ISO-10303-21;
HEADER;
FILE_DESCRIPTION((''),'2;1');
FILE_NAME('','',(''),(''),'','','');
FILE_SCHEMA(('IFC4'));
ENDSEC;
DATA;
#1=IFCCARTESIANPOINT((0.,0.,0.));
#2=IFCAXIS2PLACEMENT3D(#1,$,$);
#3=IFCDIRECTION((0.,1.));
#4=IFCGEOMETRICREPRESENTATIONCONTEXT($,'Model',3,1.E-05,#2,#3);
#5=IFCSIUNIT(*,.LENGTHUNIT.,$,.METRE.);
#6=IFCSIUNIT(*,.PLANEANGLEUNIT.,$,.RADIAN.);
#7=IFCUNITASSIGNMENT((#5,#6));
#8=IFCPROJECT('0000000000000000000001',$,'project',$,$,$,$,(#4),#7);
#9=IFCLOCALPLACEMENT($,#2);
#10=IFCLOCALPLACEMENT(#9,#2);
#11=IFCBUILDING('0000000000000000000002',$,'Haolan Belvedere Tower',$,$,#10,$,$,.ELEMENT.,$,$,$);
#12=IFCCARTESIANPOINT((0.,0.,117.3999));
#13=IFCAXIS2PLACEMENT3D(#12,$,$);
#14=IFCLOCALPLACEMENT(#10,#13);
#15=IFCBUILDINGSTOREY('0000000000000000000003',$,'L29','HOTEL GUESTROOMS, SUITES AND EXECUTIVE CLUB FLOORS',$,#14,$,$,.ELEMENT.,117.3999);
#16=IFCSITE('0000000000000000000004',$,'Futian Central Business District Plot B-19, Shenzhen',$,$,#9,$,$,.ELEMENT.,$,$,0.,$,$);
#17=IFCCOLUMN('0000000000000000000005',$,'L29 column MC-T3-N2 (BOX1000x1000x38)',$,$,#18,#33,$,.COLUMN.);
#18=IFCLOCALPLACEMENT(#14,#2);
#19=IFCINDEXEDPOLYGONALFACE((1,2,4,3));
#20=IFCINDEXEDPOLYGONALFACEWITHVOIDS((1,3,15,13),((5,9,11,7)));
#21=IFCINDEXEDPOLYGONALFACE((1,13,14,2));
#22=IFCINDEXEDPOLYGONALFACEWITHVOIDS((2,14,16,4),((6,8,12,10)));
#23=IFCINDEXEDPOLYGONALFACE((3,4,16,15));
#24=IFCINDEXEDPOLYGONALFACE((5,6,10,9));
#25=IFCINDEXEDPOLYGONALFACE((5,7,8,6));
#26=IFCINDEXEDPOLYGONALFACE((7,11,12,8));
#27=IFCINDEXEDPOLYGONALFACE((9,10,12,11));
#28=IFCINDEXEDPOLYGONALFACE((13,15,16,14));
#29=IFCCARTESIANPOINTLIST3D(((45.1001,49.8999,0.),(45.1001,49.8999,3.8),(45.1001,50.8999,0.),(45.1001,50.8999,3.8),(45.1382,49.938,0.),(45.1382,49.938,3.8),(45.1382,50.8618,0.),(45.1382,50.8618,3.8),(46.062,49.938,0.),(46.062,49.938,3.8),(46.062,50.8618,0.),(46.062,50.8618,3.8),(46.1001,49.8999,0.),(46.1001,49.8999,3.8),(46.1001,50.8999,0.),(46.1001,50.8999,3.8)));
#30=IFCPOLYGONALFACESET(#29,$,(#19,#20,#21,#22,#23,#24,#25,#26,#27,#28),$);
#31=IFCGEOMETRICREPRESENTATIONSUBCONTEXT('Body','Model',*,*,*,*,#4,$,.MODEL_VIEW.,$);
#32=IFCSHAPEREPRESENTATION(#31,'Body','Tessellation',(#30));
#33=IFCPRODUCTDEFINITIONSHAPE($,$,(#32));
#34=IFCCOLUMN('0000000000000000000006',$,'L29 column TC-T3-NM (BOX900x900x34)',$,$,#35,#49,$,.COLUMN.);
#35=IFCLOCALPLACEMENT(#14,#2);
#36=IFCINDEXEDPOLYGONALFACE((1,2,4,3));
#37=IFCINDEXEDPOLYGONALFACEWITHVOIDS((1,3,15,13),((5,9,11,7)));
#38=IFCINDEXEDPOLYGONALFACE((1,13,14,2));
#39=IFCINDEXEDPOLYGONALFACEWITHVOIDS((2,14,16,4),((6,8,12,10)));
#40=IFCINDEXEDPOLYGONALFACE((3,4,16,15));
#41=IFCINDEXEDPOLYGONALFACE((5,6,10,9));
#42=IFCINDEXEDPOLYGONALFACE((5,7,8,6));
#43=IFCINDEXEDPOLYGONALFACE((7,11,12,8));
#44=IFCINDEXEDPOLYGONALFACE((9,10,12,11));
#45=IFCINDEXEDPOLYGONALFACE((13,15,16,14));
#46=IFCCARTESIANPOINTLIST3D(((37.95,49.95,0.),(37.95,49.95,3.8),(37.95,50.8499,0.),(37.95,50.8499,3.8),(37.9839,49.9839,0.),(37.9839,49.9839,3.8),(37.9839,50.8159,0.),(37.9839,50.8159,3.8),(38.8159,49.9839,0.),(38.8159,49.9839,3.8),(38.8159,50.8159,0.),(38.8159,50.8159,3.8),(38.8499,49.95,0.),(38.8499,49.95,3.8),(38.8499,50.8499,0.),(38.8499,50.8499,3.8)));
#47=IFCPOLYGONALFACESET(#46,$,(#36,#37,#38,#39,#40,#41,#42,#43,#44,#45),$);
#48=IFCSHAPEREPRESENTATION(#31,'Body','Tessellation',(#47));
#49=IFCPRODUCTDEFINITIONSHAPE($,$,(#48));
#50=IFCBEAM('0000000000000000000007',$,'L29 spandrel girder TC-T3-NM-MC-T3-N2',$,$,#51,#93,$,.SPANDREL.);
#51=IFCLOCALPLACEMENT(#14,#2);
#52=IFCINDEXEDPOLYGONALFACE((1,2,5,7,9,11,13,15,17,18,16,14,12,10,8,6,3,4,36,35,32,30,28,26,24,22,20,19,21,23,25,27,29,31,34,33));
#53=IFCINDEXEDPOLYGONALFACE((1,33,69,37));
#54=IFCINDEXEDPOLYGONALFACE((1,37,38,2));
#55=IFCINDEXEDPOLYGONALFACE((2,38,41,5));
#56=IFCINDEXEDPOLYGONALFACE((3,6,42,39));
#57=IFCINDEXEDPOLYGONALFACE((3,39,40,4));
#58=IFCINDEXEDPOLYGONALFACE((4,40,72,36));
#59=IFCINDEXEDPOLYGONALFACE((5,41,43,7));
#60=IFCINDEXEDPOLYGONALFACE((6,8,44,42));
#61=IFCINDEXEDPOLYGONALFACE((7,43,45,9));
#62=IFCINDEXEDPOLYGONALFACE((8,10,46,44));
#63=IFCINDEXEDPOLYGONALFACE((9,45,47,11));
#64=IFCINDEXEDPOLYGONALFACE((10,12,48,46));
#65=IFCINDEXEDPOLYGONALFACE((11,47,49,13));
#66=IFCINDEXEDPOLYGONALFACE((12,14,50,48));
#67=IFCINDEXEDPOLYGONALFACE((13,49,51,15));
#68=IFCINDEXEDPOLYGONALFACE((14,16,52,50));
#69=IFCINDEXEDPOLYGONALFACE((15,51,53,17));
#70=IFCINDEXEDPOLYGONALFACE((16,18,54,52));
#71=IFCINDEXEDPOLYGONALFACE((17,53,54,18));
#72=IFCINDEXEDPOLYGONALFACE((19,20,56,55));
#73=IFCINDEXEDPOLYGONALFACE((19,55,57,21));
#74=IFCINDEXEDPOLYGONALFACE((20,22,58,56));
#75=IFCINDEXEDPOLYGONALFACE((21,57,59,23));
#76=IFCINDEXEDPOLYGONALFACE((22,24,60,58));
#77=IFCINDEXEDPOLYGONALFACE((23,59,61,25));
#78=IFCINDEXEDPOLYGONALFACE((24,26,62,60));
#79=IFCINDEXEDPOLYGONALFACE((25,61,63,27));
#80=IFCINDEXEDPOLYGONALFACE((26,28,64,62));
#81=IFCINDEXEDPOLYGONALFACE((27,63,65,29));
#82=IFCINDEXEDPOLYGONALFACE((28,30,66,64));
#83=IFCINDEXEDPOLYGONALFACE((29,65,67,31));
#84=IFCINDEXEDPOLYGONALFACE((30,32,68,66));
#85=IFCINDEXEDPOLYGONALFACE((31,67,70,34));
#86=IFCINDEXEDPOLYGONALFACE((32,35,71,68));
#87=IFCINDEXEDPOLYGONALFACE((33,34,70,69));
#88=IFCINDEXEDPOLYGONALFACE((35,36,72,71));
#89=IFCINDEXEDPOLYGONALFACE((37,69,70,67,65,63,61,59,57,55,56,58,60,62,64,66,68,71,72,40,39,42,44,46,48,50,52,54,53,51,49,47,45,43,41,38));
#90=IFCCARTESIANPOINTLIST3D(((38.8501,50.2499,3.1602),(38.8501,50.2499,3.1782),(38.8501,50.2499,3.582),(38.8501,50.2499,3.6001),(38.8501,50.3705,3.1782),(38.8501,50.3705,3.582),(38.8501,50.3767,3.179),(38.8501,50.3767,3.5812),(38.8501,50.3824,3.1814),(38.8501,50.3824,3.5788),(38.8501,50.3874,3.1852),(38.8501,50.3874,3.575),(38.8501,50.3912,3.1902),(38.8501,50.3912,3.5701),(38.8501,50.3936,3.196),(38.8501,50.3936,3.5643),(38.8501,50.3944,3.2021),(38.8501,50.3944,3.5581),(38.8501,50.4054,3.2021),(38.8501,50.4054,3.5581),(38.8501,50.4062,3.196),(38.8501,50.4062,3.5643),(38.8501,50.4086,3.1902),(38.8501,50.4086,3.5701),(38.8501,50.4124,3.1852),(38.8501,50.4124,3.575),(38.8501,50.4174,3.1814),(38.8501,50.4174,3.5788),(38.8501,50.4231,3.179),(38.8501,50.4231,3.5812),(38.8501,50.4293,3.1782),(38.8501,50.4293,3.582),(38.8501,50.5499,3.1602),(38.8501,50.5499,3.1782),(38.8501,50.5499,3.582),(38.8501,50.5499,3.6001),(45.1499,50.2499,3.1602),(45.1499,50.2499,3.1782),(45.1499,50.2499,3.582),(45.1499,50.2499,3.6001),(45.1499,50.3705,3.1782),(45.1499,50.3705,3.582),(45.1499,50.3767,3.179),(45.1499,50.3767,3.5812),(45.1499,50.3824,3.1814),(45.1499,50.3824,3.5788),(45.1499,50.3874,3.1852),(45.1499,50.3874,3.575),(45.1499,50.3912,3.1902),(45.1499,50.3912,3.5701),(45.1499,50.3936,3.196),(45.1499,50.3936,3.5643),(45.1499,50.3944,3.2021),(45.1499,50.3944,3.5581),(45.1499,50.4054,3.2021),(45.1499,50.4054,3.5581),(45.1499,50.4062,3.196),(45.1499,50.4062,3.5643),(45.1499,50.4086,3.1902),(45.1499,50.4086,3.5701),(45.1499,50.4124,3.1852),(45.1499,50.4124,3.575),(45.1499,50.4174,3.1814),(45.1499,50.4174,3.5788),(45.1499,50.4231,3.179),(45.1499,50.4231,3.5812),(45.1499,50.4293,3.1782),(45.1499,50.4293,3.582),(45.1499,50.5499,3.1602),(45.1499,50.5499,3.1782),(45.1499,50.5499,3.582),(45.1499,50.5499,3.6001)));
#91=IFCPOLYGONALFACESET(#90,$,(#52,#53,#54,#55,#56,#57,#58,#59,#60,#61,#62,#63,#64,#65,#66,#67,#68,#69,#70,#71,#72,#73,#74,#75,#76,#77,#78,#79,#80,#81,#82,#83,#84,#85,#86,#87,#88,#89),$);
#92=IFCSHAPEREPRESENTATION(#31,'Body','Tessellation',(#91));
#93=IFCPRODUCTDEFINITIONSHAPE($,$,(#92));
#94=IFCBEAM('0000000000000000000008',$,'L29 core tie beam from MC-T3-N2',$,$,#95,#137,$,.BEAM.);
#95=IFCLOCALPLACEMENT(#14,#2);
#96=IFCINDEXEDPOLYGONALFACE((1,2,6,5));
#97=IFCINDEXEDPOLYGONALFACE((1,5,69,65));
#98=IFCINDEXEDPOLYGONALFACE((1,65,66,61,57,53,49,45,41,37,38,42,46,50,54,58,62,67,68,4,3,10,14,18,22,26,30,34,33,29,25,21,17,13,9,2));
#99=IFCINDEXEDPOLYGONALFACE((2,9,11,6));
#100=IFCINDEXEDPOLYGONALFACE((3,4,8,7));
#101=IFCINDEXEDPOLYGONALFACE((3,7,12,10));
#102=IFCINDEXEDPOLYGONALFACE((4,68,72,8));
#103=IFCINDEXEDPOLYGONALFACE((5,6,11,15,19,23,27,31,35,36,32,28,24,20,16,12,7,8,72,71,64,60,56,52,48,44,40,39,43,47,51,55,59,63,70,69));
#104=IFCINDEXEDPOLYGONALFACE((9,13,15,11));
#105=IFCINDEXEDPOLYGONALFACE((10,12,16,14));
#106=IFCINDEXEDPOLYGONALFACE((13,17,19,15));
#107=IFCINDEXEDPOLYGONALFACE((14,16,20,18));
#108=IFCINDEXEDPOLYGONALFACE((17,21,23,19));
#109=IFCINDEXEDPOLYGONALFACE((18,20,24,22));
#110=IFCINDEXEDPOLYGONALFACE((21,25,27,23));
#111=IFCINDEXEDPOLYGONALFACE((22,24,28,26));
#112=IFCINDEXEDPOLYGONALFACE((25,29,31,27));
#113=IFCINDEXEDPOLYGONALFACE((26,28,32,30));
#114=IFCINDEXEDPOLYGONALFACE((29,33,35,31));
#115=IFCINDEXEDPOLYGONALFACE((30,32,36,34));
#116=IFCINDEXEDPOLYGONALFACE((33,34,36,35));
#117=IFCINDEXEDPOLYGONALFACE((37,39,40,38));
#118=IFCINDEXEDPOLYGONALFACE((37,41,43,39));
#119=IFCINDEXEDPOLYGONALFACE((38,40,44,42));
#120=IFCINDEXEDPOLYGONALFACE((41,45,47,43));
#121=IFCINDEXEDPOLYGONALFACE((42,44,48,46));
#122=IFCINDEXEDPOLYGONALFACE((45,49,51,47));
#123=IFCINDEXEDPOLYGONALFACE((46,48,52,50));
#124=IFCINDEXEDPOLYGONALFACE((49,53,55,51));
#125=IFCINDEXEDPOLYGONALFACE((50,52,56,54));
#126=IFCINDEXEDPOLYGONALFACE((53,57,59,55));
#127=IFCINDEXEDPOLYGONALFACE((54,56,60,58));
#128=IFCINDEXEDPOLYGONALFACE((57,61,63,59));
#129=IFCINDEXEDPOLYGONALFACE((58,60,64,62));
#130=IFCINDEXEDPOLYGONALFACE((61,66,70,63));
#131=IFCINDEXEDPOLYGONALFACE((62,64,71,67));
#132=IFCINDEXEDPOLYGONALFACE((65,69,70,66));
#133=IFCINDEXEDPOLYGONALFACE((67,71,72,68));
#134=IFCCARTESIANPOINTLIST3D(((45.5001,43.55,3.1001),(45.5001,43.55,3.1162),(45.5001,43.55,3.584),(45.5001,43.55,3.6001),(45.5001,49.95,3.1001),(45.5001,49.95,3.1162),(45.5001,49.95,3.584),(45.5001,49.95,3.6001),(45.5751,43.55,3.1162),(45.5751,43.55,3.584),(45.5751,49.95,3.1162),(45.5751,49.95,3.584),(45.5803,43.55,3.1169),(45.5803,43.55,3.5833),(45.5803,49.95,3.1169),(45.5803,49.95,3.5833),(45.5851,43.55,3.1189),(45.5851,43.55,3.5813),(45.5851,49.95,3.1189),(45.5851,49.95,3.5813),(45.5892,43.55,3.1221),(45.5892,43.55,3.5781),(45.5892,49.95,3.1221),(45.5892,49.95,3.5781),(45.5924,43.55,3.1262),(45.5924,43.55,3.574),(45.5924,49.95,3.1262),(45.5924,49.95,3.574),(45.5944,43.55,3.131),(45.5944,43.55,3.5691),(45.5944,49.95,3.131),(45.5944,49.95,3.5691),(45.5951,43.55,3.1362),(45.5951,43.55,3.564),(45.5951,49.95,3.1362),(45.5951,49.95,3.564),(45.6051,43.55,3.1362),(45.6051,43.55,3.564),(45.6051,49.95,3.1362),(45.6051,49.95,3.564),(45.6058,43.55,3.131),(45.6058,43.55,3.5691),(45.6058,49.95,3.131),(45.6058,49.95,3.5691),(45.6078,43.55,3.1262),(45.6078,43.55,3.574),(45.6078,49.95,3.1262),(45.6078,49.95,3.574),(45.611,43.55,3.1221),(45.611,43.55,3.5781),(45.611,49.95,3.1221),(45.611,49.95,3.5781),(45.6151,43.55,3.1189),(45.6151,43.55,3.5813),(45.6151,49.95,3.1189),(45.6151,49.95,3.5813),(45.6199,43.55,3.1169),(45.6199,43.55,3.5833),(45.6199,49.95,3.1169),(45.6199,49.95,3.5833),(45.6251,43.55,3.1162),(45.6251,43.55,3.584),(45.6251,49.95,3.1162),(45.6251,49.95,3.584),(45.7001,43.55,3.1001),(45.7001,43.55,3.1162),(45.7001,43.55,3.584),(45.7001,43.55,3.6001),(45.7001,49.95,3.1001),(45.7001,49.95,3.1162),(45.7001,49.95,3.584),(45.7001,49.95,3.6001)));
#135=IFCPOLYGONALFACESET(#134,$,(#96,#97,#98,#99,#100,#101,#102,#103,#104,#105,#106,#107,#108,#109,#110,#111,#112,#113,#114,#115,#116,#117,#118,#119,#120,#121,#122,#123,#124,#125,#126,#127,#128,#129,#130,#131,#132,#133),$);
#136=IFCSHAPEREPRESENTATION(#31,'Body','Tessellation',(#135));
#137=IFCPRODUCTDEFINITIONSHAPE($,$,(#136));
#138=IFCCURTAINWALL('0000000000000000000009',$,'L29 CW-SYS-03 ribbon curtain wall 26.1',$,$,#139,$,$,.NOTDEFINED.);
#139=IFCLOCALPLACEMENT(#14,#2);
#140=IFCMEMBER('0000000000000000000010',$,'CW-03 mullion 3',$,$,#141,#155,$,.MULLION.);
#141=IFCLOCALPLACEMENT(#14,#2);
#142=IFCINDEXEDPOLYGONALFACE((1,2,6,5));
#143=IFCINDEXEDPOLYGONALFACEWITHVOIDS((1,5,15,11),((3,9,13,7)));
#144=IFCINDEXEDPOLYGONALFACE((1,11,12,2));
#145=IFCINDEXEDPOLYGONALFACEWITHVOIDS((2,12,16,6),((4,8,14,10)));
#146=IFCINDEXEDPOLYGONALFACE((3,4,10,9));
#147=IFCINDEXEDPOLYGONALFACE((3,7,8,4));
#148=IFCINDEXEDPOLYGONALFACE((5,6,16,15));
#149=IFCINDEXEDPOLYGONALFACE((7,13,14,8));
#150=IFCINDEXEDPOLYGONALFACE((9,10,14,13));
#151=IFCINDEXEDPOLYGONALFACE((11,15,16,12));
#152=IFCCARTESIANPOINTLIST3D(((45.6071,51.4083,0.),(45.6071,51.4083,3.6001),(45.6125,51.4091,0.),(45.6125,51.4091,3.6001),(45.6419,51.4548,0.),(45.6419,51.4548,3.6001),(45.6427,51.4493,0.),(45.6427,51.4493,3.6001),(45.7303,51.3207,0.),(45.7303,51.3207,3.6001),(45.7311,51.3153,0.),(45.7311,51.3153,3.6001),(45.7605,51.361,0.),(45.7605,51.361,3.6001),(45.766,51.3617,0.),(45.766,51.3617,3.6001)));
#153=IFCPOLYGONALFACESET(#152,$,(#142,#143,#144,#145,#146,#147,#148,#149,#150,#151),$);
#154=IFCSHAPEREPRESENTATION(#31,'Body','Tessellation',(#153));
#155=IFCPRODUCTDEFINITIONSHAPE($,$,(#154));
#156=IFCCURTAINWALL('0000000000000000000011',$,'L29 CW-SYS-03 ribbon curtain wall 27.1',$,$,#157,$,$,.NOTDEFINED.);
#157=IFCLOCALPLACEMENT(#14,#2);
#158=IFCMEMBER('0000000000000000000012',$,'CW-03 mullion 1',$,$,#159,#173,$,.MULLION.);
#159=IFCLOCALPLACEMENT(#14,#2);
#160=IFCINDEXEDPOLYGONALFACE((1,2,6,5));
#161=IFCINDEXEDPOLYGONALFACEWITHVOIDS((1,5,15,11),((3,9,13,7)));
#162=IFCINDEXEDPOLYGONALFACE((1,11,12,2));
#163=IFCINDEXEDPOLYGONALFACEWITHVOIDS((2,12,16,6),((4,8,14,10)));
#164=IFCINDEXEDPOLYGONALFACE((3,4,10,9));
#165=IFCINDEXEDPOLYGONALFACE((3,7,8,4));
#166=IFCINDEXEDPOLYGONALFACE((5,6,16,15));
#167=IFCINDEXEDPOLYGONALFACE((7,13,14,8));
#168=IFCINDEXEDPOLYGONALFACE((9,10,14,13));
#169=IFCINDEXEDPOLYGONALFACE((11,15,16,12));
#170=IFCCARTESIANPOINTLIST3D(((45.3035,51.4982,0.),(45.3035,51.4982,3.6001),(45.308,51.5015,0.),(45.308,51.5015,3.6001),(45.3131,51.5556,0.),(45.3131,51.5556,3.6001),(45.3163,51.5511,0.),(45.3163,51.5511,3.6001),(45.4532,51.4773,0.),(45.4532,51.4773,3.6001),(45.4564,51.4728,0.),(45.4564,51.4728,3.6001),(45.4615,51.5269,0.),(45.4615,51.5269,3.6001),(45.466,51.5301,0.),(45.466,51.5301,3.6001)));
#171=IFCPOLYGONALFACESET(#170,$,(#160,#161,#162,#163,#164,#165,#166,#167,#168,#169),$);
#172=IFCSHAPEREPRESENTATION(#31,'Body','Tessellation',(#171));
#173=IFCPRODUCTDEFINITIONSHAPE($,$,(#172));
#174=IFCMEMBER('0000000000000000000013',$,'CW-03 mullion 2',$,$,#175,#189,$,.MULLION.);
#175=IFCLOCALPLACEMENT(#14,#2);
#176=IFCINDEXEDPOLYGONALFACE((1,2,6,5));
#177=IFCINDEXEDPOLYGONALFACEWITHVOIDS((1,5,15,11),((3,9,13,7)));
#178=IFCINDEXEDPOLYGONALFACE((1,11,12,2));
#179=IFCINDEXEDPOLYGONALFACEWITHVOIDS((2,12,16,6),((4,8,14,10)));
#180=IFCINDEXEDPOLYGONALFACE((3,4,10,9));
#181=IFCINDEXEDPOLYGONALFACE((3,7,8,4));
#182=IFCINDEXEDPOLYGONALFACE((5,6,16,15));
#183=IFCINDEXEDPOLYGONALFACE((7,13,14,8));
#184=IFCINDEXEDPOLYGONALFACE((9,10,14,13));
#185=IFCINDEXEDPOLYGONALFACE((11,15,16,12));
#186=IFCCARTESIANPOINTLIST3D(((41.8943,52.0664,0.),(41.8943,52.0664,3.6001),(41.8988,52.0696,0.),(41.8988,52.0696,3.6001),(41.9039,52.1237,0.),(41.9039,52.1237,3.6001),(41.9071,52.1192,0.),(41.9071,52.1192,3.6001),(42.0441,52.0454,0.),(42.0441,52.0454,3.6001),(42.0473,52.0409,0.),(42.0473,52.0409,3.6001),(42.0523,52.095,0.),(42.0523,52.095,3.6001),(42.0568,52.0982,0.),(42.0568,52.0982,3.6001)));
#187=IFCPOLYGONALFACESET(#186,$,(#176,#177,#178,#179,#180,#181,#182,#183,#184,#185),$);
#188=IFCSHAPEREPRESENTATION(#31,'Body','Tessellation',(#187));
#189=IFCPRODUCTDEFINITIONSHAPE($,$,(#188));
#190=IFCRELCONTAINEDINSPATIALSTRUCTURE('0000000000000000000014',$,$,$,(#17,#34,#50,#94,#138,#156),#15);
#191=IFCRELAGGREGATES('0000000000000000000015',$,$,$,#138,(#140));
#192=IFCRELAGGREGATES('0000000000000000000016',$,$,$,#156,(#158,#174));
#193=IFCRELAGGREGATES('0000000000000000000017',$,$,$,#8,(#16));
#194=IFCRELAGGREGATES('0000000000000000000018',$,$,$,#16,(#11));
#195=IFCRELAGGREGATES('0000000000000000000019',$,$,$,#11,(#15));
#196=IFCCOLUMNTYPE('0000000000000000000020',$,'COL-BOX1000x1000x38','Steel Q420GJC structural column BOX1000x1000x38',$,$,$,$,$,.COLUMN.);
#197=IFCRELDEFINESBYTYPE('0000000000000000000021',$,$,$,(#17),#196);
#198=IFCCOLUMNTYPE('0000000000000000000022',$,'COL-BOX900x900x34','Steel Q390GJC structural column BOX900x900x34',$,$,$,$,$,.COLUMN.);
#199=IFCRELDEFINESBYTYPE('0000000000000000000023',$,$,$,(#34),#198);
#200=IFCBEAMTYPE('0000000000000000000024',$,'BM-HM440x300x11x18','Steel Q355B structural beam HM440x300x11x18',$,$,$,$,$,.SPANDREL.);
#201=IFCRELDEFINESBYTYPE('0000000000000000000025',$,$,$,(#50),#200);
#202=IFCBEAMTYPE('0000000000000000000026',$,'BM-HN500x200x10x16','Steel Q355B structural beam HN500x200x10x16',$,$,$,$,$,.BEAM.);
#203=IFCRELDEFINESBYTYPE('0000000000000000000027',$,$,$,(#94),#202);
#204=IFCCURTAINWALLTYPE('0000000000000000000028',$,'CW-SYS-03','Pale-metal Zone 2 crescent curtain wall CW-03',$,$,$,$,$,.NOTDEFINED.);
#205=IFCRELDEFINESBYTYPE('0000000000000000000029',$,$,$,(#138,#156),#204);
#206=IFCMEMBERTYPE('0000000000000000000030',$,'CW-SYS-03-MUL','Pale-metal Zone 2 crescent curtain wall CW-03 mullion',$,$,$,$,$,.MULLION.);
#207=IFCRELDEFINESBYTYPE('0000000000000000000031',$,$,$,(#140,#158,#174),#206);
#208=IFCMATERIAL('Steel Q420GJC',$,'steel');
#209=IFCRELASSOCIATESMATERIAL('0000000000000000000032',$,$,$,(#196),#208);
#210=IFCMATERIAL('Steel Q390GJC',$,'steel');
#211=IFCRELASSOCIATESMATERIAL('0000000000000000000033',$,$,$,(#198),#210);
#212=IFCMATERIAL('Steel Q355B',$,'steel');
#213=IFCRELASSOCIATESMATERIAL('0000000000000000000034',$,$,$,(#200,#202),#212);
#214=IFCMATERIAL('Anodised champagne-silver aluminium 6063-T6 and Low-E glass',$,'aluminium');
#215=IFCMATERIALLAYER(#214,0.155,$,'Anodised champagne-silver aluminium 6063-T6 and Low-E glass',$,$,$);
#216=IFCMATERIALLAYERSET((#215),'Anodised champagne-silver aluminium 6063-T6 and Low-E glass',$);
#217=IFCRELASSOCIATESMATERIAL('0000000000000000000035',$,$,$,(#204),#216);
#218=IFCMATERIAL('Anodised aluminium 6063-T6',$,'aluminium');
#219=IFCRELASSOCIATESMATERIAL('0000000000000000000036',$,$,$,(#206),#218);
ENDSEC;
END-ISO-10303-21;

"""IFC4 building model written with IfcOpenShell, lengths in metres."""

from ifc_helpers import new_model, si_unit, direction, frame, origin, origin_2d, place, context, subcontext, project, spatial, hollow_rectangle, i_section, extrude, material, layer, layer_set, material_profile, profile_set, type_object, element, aggregate, save


model = new_model("IFC4")

# Units and contexts
model_context = context("Model", 3, precision=1e-05, world=origin(), true_north=direction((0.0, 1.0)))
body_context = subcontext(model_context, "Body", "Model", "MODEL_VIEW")
ifc_project = project(units=[si_unit("LENGTHUNIT", "METRE"), si_unit("PLANEANGLEUNIT", "RADIAN")], contexts=[model_context])

# Site, building, storey
site_placement = place(None, origin())
site = spatial("IfcSite", under=ifc_project, at=site_placement, Name="Futian Central Business District Plot B-19, Shenzhen", CompositionType="ELEMENT", RefElevation=0.0)
building_placement = place(site_placement, origin())
building = spatial("IfcBuilding", under=site, at=building_placement, Name="Haolan Belvedere Tower", CompositionType="ELEMENT")
storey_placement = place(building_placement, frame((0.0, 0.0, 117.3999)))
storey = spatial("IfcBuildingStorey", under=building, at=storey_placement, Name="L29", Description="HOTEL GUESTROOMS, SUITES AND EXECUTIVE CLUB FLOORS", CompositionType="ELEMENT", Elevation=117.3999)

# Columns
ifc_material_1 = material(Name="Steel Q420GJC", Category="steel")
ifc_material_profile_1 = material_profile(ifc_material_1, hollow_rectangle(XDim=1.0, YDim=1.0, WallThickness=0.0381, at=origin_2d()), Name="Steel Q420GJC")
ifc_profile_set_1 = profile_set([ifc_material_profile_1], Name="Steel Q420GJC")
column_type_1 = type_object("IfcColumnType", Name="COL-BOX1000x1000x38", Description="Steel Q420GJC structural column BOX1000x1000x38", PredefinedType="COLUMN", material=ifc_profile_set_1)
column_1_placement = place(storey_placement, frame((45.6001, 50.3999, 0.0), z_axis=(0.0, 0.0, 1.0), x_axis=(1.0, 0.0, 0.0)))
element("IfcColumn", 1, at=column_1_placement, inside=storey, type_object=column_type_1, Name="L29 column MC-T3-N2 (BOX1000x1000x38)", PredefinedType="COLUMN", context=body_context, shape_type="SweptSolid", body=[
    extrude(hollow_rectangle(XDim=1.0, YDim=1.0, WallThickness=0.0381, at=origin_2d()), origin(), (0.0, 0.0, 1.0), 3.8),
])
ifc_material_2 = material(Name="Steel Q390GJC", Category="steel")
ifc_material_profile_2 = material_profile(ifc_material_2, hollow_rectangle(XDim=0.8999, YDim=0.8999, WallThickness=0.0339, at=origin_2d()), Name="Steel Q390GJC")
ifc_profile_set_2 = profile_set([ifc_material_profile_2], Name="Steel Q390GJC")
column_type_2 = type_object("IfcColumnType", Name="COL-BOX900x900x34", Description="Steel Q390GJC structural column BOX900x900x34", PredefinedType="COLUMN", material=ifc_profile_set_2)
column_2_placement = place(storey_placement, frame((38.3999, 50.3999, 0.0), z_axis=(0.0, 0.0, 1.0), x_axis=(1.0, 0.0, 0.0)))
element("IfcColumn", 2, at=column_2_placement, inside=storey, type_object=column_type_2, Name="L29 column TC-T3-NM (BOX900x900x34)", PredefinedType="COLUMN", context=body_context, shape_type="SweptSolid", body=[
    extrude(hollow_rectangle(XDim=0.8999, YDim=0.8999, WallThickness=0.0339, at=origin_2d()), origin(), (0.0, 0.0, 1.0), 3.8),
])

# Beams
ifc_material_3 = material(Name="Steel Q355B", Category="steel")
ifc_material_profile_3 = material_profile(ifc_material_3, i_section(OverallWidth=0.3, OverallDepth=0.4399, WebThickness=0.011, FlangeThickness=0.0181, FilletRadius=0.0239, at=origin_2d()), Name="Steel Q355B")
ifc_profile_set_3 = profile_set([ifc_material_profile_3], Name="Steel Q355B")
beam_type_1 = type_object("IfcBeamType", Name="BM-HM440x300x11x18", Description="Steel Q355B structural beam HM440x300x11x18", PredefinedType="SPANDREL", material=ifc_profile_set_3)
beam_1_placement = place(storey_placement, frame((38.8501, 50.3999, 3.3801), z_axis=(1.0, 0.0, 0.0), x_axis=(0.0, 1.0, 0.0)))
element("IfcBeam", 3, at=beam_1_placement, inside=storey, type_object=beam_type_1, Name="L29 spandrel girder TC-T3-NM-MC-T3-N2", PredefinedType="SPANDREL", context=body_context, shape_type="SweptSolid", body=[
    extrude(i_section(OverallWidth=0.3, OverallDepth=0.4399, WebThickness=0.011, FlangeThickness=0.0181, FilletRadius=0.0239, at=origin_2d()), origin(), (0.0, 0.0, 1.0), 6.2998),
])
ifc_material_profile_4 = material_profile(ifc_material_3, i_section(OverallWidth=0.2, OverallDepth=0.5, WebThickness=0.01, FlangeThickness=0.0161, FilletRadius=0.02, at=origin_2d()), Name="Steel Q355B")
ifc_profile_set_4 = profile_set([ifc_material_profile_4], Name="Steel Q355B")
beam_type_2 = type_object("IfcBeamType", Name="BM-HN500x200x10x16", Description="Steel Q355B structural beam HN500x200x10x16", PredefinedType="BEAM", material=ifc_profile_set_4)
beam_2_placement = place(storey_placement, frame((45.6001, 49.95, 3.3501), z_axis=(0.0, -1.0, 0.0), x_axis=(1.0, 0.0, 0.0)))
element("IfcBeam", 4, at=beam_2_placement, inside=storey, type_object=beam_type_2, Name="L29 core tie beam from MC-T3-N2", PredefinedType="BEAM", context=body_context, shape_type="SweptSolid", body=[
    extrude(i_section(OverallWidth=0.2, OverallDepth=0.5, WebThickness=0.01, FlangeThickness=0.0161, FilletRadius=0.02, at=origin_2d()), origin(), (0.0, 0.0, 1.0), 6.3999),
])

# Curtain wall, member
ifc_material_4 = material(Name="Anodised champagne-silver aluminium 6063-T6 and Low-E glass", Category="aluminium")
ifc_layer_1 = layer(ifc_material_4, 0.155, Name="Anodised champagne-silver aluminium 6063-T6 and Low-E glass")
ifc_layer_set_1 = layer_set([ifc_layer_1], Name="Anodised champagne-silver aluminium 6063-T6 and Low-E glass")
curtain_wall_type = type_object("IfcCurtainWallType", Name="CW-SYS-03", Description="Pale-metal Zone 2 crescent curtain wall CW-03", PredefinedType="NOTDEFINED", material=ifc_layer_set_1)
curtain_wall_1_placement = place(storey_placement, origin())
curtain_wall_1 = element("IfcCurtainWall", 5, at=curtain_wall_1_placement, inside=storey, type_object=curtain_wall_type, Name="L29 CW-SYS-03 ribbon curtain wall 26.1", PredefinedType="NOTDEFINED")
ifc_material_5 = material(Name="Anodised aluminium 6063-T6", Category="aluminium")
ifc_material_profile_5 = material_profile(ifc_material_5, hollow_rectangle(XDim=0.0581, YDim=0.155, WallThickness=0.0039, at=origin_2d()), Name="Anodised aluminium 6063-T6")
ifc_profile_set_5 = profile_set([ifc_material_profile_5], Name="Anodised aluminium 6063-T6")
member_type_1 = type_object("IfcMemberType", Name="CW-SYS-03-MUL", Description="Pale-metal Zone 2 crescent curtain wall CW-03 mullion", PredefinedType="MULLION", material=ifc_profile_set_5)
member_1_placement = place(storey_placement, frame((45.6865, 51.385, 0.0), z_axis=(0.0, 0.0, 1.0), x_axis=(-0.599994, -0.800004, 0.0)))
member_1 = element("IfcMember", 6, at=member_1_placement, type_object=member_type_1, Name="CW-03 mullion 3", PredefinedType="MULLION", context=body_context, shape_type="SweptSolid", body=[
    extrude(hollow_rectangle(XDim=0.0581, YDim=0.155, WallThickness=0.0039, at=origin_2d()), origin(), (0.0, 0.0, 1.0), 3.6001),
])
aggregate(curtain_wall_1, [member_1])

# Curtain wall, members
curtain_wall_2_placement = place(storey_placement, origin())
curtain_wall_2 = element("IfcCurtainWall", 7, at=curtain_wall_2_placement, inside=storey, type_object=curtain_wall_type, Name="L29 CW-SYS-03 ribbon curtain wall 27.1", PredefinedType="NOTDEFINED")
member_2_placement = place(storey_placement, frame((45.3848, 51.5142, 0.0), z_axis=(0.0, 0.0, 1.0), x_axis=(-0.164404, -0.986393, 0.0)))
member_2 = element("IfcMember", 8, at=member_2_placement, type_object=member_type_1, Name="CW-03 mullion 1", PredefinedType="MULLION", context=body_context, shape_type="SweptSolid", body=[
    extrude(hollow_rectangle(XDim=0.0581, YDim=0.155, WallThickness=0.0039, at=origin_2d()), origin(), (0.0, 0.0, 1.0), 3.6001),
])
member_3_placement = place(storey_placement, frame((41.9756, 52.0823, 0.0), z_axis=(0.0, 0.0, 1.0), x_axis=(-0.164404, -0.986393, 0.0)))
member_3 = element("IfcMember", 9, at=member_3_placement, type_object=member_type_1, Name="CW-03 mullion 2", PredefinedType="MULLION", context=body_context, shape_type="SweptSolid", body=[
    extrude(hollow_rectangle(XDim=0.0581, YDim=0.155, WallThickness=0.0039, at=origin_2d()), origin(), (0.0, 0.0, 1.0), 3.6001),
])
aggregate(curtain_wall_2, [member_2, member_3])

save(model, "model.ifc")
